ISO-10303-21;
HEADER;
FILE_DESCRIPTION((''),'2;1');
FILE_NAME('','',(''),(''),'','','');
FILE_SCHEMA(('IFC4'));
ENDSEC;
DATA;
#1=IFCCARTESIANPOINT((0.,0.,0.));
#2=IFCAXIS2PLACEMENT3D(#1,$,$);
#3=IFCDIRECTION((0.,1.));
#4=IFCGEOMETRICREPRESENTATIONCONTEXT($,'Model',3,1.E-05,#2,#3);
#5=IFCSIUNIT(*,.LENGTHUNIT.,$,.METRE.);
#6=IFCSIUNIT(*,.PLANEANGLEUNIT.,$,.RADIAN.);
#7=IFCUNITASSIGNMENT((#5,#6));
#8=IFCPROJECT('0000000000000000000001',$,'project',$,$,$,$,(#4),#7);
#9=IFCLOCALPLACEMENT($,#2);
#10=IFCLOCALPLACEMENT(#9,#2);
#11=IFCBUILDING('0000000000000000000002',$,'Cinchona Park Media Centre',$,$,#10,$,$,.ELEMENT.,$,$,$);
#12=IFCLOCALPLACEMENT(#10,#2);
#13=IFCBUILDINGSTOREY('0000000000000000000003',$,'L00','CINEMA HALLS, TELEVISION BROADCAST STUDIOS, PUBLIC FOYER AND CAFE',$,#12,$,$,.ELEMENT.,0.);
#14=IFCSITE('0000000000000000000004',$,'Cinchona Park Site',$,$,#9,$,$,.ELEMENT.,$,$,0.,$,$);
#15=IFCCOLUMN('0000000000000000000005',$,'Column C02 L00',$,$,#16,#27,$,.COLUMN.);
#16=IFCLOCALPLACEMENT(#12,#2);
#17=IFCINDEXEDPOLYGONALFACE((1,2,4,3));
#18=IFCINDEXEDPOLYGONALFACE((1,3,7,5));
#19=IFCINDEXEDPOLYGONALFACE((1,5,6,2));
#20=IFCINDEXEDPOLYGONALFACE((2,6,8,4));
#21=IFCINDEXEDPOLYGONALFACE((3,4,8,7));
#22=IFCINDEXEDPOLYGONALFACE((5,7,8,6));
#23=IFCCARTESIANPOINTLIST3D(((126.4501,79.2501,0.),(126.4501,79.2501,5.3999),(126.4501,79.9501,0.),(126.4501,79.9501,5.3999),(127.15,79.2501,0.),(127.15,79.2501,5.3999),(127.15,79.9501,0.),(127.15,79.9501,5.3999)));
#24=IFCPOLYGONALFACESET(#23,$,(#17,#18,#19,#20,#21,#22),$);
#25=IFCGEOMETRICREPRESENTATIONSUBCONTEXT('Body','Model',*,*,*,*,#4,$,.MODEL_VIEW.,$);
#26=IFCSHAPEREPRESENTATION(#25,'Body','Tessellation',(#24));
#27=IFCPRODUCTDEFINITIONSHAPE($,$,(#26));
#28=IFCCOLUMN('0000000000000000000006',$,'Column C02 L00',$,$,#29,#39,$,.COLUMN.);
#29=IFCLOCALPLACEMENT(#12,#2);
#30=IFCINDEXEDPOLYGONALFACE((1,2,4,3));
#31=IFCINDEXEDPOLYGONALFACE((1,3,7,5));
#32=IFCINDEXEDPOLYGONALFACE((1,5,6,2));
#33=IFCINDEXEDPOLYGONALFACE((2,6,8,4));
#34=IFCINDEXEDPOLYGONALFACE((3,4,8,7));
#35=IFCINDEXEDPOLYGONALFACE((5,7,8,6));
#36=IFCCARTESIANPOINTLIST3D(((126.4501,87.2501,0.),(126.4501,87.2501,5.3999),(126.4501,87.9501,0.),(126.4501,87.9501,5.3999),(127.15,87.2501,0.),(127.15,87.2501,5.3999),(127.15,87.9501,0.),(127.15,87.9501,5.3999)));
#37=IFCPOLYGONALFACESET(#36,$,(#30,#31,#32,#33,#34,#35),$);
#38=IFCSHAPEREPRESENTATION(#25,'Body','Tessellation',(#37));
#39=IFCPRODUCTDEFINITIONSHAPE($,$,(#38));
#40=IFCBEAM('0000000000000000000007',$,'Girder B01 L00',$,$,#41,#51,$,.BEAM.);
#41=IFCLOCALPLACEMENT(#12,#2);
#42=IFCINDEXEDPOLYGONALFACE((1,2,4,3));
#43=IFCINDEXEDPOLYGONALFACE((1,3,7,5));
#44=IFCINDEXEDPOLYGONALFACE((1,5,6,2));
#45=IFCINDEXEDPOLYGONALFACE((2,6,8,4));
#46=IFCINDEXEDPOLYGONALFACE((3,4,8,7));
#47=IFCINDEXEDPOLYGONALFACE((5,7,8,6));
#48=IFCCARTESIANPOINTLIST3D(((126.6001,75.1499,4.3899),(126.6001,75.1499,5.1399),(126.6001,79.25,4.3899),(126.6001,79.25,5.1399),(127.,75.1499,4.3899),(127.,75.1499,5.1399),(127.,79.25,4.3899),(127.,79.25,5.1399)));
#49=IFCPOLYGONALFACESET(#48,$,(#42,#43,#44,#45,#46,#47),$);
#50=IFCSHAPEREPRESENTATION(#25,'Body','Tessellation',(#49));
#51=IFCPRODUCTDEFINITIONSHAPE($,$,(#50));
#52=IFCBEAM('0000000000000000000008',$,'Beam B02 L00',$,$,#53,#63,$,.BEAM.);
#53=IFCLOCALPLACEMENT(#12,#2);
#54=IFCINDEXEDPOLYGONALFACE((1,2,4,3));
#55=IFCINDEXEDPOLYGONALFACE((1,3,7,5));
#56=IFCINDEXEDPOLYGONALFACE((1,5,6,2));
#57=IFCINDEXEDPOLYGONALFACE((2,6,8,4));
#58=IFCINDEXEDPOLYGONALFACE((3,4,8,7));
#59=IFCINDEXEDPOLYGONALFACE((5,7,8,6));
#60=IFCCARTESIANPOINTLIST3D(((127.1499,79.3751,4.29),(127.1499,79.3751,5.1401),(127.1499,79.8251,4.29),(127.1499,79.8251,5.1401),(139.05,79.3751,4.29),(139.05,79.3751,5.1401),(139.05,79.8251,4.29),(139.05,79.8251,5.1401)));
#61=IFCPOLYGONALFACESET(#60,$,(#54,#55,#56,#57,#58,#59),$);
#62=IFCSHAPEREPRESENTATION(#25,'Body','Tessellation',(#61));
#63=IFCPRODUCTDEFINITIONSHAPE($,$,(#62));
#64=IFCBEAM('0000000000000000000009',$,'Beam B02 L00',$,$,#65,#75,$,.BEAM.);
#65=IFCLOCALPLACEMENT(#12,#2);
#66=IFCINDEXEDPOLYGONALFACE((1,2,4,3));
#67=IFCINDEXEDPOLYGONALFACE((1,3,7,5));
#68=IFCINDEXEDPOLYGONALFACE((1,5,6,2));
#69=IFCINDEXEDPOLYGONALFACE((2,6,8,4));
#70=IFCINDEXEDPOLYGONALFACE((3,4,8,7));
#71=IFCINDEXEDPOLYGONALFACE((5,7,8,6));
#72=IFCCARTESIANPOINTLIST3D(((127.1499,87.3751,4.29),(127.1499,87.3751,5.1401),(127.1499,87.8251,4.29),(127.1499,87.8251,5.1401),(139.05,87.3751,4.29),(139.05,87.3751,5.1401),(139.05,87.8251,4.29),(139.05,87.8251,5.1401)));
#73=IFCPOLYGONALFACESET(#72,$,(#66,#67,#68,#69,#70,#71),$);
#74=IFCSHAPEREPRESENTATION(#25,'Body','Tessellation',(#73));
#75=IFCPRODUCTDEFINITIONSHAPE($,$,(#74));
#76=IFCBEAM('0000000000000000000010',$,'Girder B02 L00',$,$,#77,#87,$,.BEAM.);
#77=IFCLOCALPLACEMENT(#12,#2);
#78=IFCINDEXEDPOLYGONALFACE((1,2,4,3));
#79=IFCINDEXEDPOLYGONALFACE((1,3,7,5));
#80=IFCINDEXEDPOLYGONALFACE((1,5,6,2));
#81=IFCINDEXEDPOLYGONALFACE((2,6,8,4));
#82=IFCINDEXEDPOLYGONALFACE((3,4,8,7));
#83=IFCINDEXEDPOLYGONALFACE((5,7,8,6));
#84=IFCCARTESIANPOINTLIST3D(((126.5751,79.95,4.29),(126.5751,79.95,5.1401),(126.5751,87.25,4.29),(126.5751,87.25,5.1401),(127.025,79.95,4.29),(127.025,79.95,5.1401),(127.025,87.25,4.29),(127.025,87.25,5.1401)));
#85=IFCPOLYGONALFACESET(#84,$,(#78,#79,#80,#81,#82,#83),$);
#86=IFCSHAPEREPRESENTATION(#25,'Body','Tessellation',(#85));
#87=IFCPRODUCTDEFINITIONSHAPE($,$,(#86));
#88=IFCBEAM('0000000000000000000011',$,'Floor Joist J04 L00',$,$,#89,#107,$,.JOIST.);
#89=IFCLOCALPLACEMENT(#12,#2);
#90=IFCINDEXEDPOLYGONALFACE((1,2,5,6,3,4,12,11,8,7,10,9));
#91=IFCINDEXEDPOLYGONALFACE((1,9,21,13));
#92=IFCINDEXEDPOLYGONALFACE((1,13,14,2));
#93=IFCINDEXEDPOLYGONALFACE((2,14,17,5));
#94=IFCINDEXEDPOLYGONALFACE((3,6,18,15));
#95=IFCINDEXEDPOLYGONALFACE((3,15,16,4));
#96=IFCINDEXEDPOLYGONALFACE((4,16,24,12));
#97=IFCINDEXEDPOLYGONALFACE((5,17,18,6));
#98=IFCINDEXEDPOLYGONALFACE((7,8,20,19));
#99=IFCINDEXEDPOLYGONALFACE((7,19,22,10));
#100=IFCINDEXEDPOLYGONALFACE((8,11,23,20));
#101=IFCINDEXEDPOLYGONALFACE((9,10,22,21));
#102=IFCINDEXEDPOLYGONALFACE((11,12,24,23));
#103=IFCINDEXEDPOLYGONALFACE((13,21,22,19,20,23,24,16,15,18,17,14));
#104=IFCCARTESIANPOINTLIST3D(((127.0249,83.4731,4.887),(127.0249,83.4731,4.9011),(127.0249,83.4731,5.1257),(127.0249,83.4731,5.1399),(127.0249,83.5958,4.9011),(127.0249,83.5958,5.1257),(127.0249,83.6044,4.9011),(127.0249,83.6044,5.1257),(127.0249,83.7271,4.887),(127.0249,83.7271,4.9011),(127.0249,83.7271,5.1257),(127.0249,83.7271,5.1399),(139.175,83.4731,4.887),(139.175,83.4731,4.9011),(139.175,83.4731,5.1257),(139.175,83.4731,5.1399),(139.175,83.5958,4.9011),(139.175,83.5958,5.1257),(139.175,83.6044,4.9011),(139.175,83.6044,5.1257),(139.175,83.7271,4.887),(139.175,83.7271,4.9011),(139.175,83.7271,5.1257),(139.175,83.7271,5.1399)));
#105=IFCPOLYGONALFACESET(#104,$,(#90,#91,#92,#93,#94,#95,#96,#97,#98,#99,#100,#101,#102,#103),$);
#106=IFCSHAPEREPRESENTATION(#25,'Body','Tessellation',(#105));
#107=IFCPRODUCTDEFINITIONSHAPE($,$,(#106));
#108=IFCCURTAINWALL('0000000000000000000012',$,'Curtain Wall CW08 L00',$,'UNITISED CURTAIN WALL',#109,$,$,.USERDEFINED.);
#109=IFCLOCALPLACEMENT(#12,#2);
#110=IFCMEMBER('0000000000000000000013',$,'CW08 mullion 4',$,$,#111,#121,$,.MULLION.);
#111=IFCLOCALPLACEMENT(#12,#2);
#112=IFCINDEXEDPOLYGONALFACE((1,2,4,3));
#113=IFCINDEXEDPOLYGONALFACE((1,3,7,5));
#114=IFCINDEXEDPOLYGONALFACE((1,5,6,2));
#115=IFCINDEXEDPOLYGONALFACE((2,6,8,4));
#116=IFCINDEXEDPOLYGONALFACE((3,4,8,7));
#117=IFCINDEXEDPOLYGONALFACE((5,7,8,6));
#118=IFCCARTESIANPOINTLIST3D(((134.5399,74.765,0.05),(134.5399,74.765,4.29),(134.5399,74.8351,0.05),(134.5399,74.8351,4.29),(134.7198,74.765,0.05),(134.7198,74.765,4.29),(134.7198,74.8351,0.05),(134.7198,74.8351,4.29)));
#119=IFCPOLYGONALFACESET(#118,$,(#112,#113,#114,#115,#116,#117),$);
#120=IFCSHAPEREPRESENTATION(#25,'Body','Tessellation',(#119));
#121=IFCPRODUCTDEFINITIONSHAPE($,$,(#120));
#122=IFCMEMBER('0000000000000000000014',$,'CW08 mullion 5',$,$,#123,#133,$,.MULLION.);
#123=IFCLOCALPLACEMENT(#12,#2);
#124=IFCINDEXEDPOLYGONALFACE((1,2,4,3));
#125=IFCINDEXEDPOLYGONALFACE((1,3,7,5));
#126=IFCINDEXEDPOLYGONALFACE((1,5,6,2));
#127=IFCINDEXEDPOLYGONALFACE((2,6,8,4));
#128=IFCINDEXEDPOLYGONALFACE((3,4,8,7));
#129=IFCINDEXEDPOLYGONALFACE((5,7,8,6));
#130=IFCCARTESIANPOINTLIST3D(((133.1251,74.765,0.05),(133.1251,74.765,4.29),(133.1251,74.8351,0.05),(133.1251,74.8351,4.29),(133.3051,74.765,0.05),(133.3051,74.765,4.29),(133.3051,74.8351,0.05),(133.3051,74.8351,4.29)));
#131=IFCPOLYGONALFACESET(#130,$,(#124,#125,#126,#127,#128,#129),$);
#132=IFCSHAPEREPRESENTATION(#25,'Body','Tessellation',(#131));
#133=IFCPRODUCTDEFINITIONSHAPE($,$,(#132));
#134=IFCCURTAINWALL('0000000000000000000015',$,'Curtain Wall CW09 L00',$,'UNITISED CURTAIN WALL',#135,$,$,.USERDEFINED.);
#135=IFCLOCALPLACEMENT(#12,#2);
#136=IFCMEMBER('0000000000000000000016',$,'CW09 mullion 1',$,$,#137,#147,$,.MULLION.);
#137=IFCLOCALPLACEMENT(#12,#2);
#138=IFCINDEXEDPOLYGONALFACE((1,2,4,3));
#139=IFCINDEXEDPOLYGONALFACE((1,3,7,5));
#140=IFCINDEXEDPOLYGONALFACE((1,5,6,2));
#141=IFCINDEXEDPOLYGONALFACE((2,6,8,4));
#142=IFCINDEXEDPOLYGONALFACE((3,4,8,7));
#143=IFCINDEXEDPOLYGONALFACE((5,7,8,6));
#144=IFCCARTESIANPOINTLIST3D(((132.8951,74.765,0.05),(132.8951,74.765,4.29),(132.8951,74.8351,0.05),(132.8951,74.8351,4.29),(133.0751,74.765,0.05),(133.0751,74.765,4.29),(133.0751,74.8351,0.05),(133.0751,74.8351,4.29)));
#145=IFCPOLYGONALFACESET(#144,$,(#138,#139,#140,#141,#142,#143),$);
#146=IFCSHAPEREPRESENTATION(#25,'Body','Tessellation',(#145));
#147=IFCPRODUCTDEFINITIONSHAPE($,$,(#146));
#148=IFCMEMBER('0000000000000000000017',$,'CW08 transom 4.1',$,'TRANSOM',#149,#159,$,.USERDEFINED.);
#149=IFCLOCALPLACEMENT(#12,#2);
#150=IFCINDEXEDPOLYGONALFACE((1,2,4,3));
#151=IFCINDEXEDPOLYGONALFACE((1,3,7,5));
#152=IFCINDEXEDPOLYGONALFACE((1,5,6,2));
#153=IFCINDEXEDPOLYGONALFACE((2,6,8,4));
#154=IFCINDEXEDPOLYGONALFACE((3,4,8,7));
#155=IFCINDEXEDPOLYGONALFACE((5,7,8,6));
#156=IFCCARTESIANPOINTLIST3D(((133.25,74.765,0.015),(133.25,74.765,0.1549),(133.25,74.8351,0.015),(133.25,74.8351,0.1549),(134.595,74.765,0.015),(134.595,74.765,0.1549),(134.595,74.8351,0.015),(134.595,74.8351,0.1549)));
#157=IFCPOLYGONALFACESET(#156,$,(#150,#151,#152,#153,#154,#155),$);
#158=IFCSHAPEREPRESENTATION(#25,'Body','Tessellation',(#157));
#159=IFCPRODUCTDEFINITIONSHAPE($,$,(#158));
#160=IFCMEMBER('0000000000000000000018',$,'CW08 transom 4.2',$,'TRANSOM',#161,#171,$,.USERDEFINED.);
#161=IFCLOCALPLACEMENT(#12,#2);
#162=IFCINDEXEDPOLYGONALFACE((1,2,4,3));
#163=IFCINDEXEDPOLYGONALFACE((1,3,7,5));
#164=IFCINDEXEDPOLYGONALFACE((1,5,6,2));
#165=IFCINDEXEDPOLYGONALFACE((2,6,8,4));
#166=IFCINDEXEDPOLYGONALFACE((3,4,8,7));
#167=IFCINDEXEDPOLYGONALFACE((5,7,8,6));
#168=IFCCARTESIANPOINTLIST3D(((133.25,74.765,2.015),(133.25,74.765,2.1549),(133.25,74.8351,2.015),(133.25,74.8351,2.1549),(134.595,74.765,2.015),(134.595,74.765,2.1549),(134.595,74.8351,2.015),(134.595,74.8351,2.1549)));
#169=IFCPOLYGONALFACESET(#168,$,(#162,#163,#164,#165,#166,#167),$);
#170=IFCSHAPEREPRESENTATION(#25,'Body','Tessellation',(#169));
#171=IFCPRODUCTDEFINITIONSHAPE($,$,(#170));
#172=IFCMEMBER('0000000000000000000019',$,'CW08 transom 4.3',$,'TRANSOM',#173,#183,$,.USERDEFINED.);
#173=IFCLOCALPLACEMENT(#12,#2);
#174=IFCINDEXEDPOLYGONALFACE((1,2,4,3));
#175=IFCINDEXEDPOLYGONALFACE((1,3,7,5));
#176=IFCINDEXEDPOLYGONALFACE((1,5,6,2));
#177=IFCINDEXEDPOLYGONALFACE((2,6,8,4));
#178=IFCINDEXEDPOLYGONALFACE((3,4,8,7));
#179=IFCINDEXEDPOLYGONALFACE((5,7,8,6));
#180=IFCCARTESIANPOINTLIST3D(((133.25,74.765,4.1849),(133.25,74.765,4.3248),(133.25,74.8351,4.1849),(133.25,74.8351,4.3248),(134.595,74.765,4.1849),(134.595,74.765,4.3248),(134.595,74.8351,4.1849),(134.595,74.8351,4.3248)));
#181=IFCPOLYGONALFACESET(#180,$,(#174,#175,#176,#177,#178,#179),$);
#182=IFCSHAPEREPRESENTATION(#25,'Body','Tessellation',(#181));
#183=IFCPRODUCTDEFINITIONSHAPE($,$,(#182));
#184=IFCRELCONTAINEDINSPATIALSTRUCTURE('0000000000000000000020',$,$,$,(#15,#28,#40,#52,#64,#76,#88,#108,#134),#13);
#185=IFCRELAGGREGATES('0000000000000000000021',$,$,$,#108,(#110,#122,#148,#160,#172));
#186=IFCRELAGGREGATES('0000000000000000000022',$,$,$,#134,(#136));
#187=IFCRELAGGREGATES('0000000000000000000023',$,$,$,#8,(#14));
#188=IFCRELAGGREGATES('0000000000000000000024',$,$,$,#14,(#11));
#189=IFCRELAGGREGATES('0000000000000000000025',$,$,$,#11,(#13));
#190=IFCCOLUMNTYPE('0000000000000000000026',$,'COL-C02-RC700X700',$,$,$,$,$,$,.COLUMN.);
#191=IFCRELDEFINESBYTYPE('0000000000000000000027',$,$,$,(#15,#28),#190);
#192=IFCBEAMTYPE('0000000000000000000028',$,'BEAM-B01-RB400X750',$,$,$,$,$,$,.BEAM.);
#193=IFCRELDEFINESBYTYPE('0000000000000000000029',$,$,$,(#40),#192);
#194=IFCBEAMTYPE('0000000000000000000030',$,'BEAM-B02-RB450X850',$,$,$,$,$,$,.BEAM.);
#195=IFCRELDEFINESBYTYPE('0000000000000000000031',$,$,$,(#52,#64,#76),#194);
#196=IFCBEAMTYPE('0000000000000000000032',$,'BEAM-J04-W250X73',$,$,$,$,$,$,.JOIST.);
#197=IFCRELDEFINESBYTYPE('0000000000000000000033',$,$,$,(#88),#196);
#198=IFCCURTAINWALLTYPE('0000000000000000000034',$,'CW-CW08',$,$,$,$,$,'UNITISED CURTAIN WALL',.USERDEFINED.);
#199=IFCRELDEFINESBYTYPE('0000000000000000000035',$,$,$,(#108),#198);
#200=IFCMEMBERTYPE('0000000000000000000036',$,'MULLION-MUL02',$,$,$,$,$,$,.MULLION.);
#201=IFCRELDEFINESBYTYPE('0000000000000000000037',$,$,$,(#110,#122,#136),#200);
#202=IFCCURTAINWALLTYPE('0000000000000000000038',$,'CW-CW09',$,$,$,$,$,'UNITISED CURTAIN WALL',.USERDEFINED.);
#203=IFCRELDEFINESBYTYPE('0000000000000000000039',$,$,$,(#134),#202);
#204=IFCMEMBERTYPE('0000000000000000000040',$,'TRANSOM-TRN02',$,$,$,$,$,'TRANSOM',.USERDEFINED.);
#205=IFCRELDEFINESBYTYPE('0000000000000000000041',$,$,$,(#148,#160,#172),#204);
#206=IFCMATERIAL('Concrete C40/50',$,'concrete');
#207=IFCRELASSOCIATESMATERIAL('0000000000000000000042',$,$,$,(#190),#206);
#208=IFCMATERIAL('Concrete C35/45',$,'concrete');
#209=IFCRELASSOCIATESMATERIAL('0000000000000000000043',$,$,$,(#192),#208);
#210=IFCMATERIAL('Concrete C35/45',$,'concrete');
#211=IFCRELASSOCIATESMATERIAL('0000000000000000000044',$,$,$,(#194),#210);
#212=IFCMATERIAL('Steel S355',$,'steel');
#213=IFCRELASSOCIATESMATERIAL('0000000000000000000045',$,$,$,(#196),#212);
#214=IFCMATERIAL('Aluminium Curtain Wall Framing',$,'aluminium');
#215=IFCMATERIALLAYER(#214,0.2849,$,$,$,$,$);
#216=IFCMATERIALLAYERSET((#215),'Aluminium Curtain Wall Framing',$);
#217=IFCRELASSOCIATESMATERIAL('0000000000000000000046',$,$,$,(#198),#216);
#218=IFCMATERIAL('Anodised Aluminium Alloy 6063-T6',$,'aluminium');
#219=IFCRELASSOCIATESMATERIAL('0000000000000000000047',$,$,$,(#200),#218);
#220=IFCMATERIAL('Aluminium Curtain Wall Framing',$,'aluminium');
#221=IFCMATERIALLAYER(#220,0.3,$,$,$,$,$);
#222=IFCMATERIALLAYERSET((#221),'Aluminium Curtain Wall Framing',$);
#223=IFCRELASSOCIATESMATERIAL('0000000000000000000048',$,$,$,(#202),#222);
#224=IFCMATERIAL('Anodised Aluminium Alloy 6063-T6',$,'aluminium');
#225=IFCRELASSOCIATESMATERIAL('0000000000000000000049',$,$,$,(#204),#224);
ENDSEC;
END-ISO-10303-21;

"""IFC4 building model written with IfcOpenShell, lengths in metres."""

from ifc_helpers import new_model, si_unit, direction, frame, origin, origin_2d, place, context, subcontext, project, spatial, rectangle, i_section, extrude, material, layer, layer_set, material_profile, profile_set, type_object, element, aggregate, save


model = new_model("IFC4")

# Units and contexts
model_context = context("Model", 3, precision=1e-05, world=origin(), true_north=direction((0.0, 1.0)))
body_context = subcontext(model_context, "Body", "Model", "MODEL_VIEW")
ifc_project = project(units=[si_unit("LENGTHUNIT", "METRE"), si_unit("PLANEANGLEUNIT", "RADIAN")], contexts=[model_context])

# Site, building, storey
site_placement = place(None, origin())
site = spatial("IfcSite", under=ifc_project, at=site_placement, Name="Cinchona Park Site", CompositionType="ELEMENT", RefElevation=0.0)
building_placement = place(site_placement, origin())
building = spatial("IfcBuilding", under=site, at=building_placement, Name="Cinchona Park Media Centre", CompositionType="ELEMENT")
storey_placement = place(building_placement, origin())
storey = spatial("IfcBuildingStorey", under=building, at=storey_placement, Name="L00", Description="CINEMA HALLS, TELEVISION BROADCAST STUDIOS, PUBLIC FOYER AND CAFE", CompositionType="ELEMENT", Elevation=0.0)

# Columns
ifc_material_1 = material(Name="Concrete C40/50", Category="concrete")
ifc_material_profile_1 = material_profile(ifc_material_1, rectangle(XDim=0.7, YDim=0.7, at=origin_2d()), Name="RC 700X700")
ifc_profile_set_1 = profile_set([ifc_material_profile_1], Name="Concrete C40/50")
column_type = type_object("IfcColumnType", Name="COL-C02-RC700X700", PredefinedType="COLUMN", material=ifc_profile_set_1)
for number, where, z_axis, x_axis, name in (
    (1, (126.8, 79.6001, 0.0), (0.0, 0.0, 1.0), (1.0, 0.0, 0.0), "Column C02 L00"),
    (2, (126.8, 87.6001, 0.0), (0.0, 0.0, 1.0), (1.0, 0.0, 0.0), "Column C02 L00"),
):
    element("IfcColumn", number, at=place(storey_placement, frame(where, z_axis=z_axis, x_axis=x_axis)), inside=storey, type_object=column_type, Name=name, PredefinedType="COLUMN", context=body_context, shape_type="SweptSolid", body=[
        extrude(rectangle(XDim=0.7, YDim=0.7, at=origin_2d()), origin(), (0.0, 0.0, 1.0), 5.3999),
    ])

# Beams
ifc_material_2 = material(Name="Concrete C35/45", Category="concrete")
ifc_material_profile_2 = material_profile(ifc_material_2, rectangle(XDim=0.3999, YDim=0.75, at=origin_2d()), Name="RB 400X750")
ifc_profile_set_2 = profile_set([ifc_material_profile_2], Name="Concrete C35/45")
beam_type_1 = type_object("IfcBeamType", Name="BEAM-B01-RB400X750", PredefinedType="BEAM", material=ifc_profile_set_2)
beam_1_placement = place(storey_placement, frame((126.8, 75.1499, 4.7649), z_axis=(0.0, 1.0, 0.0), x_axis=(-1.0, 0.0, 0.0)))
element("IfcBeam", 3, at=beam_1_placement, inside=storey, type_object=beam_type_1, Name="Girder B01 L00", PredefinedType="BEAM", context=body_context, shape_type="SweptSolid", body=[
    extrude(rectangle(XDim=0.3999, YDim=0.75, at=origin_2d()), origin(), (0.0, 0.0, 1.0), 4.1001),
])
ifc_material_3 = material(Name="Concrete C35/45", Category="concrete")
ifc_material_profile_3 = material_profile(ifc_material_3, rectangle(XDim=0.45, YDim=0.8501, at=origin_2d()), Name="RB 450X850")
ifc_profile_set_3 = profile_set([ifc_material_profile_3], Name="Concrete C35/45")
beam_type_2 = type_object("IfcBeamType", Name="BEAM-B02-RB450X850", PredefinedType="BEAM", material=ifc_profile_set_3)
for number, where, z_axis, x_axis, name in (
    (4, (127.1499, 79.6001, 4.7151), (1.0, 0.0, 0.0), (0.0, 1.0, 0.0), "Beam B02 L00"),
    (5, (127.1499, 87.6001, 4.7151), (1.0, 0.0, 0.0), (0.0, 1.0, 0.0), "Beam B02 L00"),
):
    element("IfcBeam", number, at=place(storey_placement, frame(where, z_axis=z_axis, x_axis=x_axis)), inside=storey, type_object=beam_type_2, Name=name, PredefinedType="BEAM", context=body_context, shape_type="SweptSolid", body=[
        extrude(rectangle(XDim=0.45, YDim=0.8501, at=origin_2d()), origin(), (0.0, 0.0, 1.0), 11.9001),
    ])
beam_2_placement = place(storey_placement, frame((126.8, 79.95, 4.7151), z_axis=(0.0, 1.0, 0.0), x_axis=(-1.0, 0.0, 0.0)))
element("IfcBeam", 6, at=beam_2_placement, inside=storey, type_object=beam_type_2, Name="Girder B02 L00", PredefinedType="BEAM", context=body_context, shape_type="SweptSolid", body=[
    extrude(rectangle(XDim=0.45, YDim=0.8501, at=origin_2d()), origin(), (0.0, 0.0, 1.0), 7.3),
])
ifc_material_4 = material(Name="Steel S355", Category="steel")
ifc_material_profile_4 = material_profile(ifc_material_4, i_section(OverallWidth=0.2539, OverallDepth=0.2529, WebThickness=0.0085, FlangeThickness=0.0142, at=origin_2d()), Name="W250X73")
ifc_profile_set_4 = profile_set([ifc_material_profile_4], Name="Steel S355")
beam_type_3 = type_object("IfcBeamType", Name="BEAM-J04-W250X73", PredefinedType="JOIST", material=ifc_profile_set_4)
beam_3_placement = place(storey_placement, frame((127.0249, 83.6001, 5.0134), z_axis=(1.0, 0.0, 0.0), x_axis=(0.0, 1.0, 0.0)))
element("IfcBeam", 7, at=beam_3_placement, inside=storey, type_object=beam_type_3, Name="Floor Joist J04 L00", PredefinedType="JOIST", context=body_context, shape_type="SweptSolid", body=[
    extrude(i_section(OverallWidth=0.2539, OverallDepth=0.2529, WebThickness=0.0085, FlangeThickness=0.0142, at=origin_2d()), origin(), (0.0, 0.0, 1.0), 12.1501),
])

# Curtain wall, members
ifc_material_5 = material(Name="Aluminium Curtain Wall Framing", Category="aluminium")
ifc_layer_1 = layer(ifc_material_5, 0.2849)
ifc_layer_set_1 = layer_set([ifc_layer_1], Name="Aluminium Curtain Wall Framing")
curtain_wall_type_1 = type_object("IfcCurtainWallType", Name="CW-CW08", ElementType="UNITISED CURTAIN WALL", PredefinedType="USERDEFINED", material=ifc_layer_set_1)
curtain_wall_1_placement = place(storey_placement, origin())
curtain_wall_1 = element("IfcCurtainWall", 8, at=curtain_wall_1_placement, inside=storey, type_object=curtain_wall_type_1, Name="Curtain Wall CW08 L00", ObjectType="UNITISED CURTAIN WALL", PredefinedType="USERDEFINED")
ifc_material_6 = material(Name="Anodised Aluminium Alloy 6063-T6", Category="aluminium")
ifc_material_profile_5 = material_profile(ifc_material_6, rectangle(XDim=0.0701, YDim=0.1799, at=origin_2d()), Name="MUL-70X180")
ifc_profile_set_5 = profile_set([ifc_material_profile_5], Name="Anodised Aluminium Alloy 6063-T6")
member_type_1 = type_object("IfcMemberType", Name="MULLION-MUL02", PredefinedType="MULLION", material=ifc_profile_set_5)
member_1_placement = place(storey_placement, frame((134.6299, 74.8, 0.05), z_axis=(0.0, 0.0, 1.0), x_axis=(0.0, -1.0, 0.0)))
member_1 = element("IfcMember", 9, at=member_1_placement, type_object=member_type_1, Name="CW08 mullion 4", PredefinedType="MULLION", context=body_context, shape_type="SweptSolid", body=[
    extrude(rectangle(XDim=0.0701, YDim=0.1799, at=origin_2d()), origin(), (0.0, 0.0, 1.0), 4.24),
])
member_2_placement = place(storey_placement, frame((133.2151, 74.8, 0.05), z_axis=(0.0, 0.0, 1.0), x_axis=(0.0, -1.0, 0.0)))
member_2 = element("IfcMember", 10, at=member_2_placement, type_object=member_type_1, Name="CW08 mullion 5", PredefinedType="MULLION", context=body_context, shape_type="SweptSolid", body=[
    extrude(rectangle(XDim=0.0701, YDim=0.1799, at=origin_2d()), origin(), (0.0, 0.0, 1.0), 4.24),
])

# Curtain wall, member
ifc_material_7 = material(Name="Aluminium Curtain Wall Framing", Category="aluminium")
ifc_layer_2 = layer(ifc_material_7, 0.3)
ifc_layer_set_2 = layer_set([ifc_layer_2], Name="Aluminium Curtain Wall Framing")
curtain_wall_type_2 = type_object("IfcCurtainWallType", Name="CW-CW09", ElementType="UNITISED CURTAIN WALL", PredefinedType="USERDEFINED", material=ifc_layer_set_2)
curtain_wall_2_placement = place(storey_placement, origin())
curtain_wall_2 = element("IfcCurtainWall", 11, at=curtain_wall_2_placement, inside=storey, type_object=curtain_wall_type_2, Name="Curtain Wall CW09 L00", ObjectType="UNITISED CURTAIN WALL", PredefinedType="USERDEFINED")
member_3_placement = place(storey_placement, frame((132.9851, 74.8, 0.05), z_axis=(0.0, 0.0, 1.0), x_axis=(0.0, -1.0, 0.0)))
member_3 = element("IfcMember", 12, at=member_3_placement, type_object=member_type_1, Name="CW09 mullion 1", PredefinedType="MULLION", context=body_context, shape_type="SweptSolid", body=[
    extrude(rectangle(XDim=0.0701, YDim=0.1799, at=origin_2d()), origin(), (0.0, 0.0, 1.0), 4.24),
])

# Members
ifc_material_8 = material(Name="Anodised Aluminium Alloy 6063-T6", Category="aluminium")
ifc_material_profile_6 = material_profile(ifc_material_8, rectangle(XDim=0.0701, YDim=0.1399, at=origin_2d()), Name="TRN-70X140")
ifc_profile_set_6 = profile_set([ifc_material_profile_6], Name="Anodised Aluminium Alloy 6063-T6")
member_type_2 = type_object("IfcMemberType", Name="TRANSOM-TRN02", ElementType="TRANSOM", PredefinedType="USERDEFINED", material=ifc_profile_set_6)
member_4_placement = place(storey_placement, frame((134.595, 74.8, 0.085), z_axis=(-1.0, 0.0, 0.0), x_axis=(0.0, -1.0, 0.0)))
member_4 = element("IfcMember", 13, at=member_4_placement, type_object=member_type_2, Name="CW08 transom 4.1", ObjectType="TRANSOM", PredefinedType="USERDEFINED", context=body_context, shape_type="SweptSolid", body=[
    extrude(rectangle(XDim=0.0701, YDim=0.1399, at=origin_2d()), origin(), (0.0, 0.0, 1.0), 1.345),
])
member_5_placement = place(storey_placement, frame((134.595, 74.8, 2.085), z_axis=(-1.0, 0.0, 0.0), x_axis=(0.0, -1.0, 0.0)))
member_5 = element("IfcMember", 14, at=member_5_placement, type_object=member_type_2, Name="CW08 transom 4.2", ObjectType="TRANSOM", PredefinedType="USERDEFINED", context=body_context, shape_type="SweptSolid", body=[
    extrude(rectangle(XDim=0.0701, YDim=0.1399, at=origin_2d()), origin(), (0.0, 0.0, 1.0), 1.345),
])
member_6_placement = place(storey_placement, frame((134.595, 74.8, 4.2549), z_axis=(-1.0, 0.0, 0.0), x_axis=(0.0, -1.0, 0.0)))
member_6 = element("IfcMember", 15, at=member_6_placement, type_object=member_type_2, Name="CW08 transom 4.3", ObjectType="TRANSOM", PredefinedType="USERDEFINED", context=body_context, shape_type="SweptSolid", body=[
    extrude(rectangle(XDim=0.0701, YDim=0.1399, at=origin_2d()), origin(), (0.0, 0.0, 1.0), 1.345),
])

aggregate(curtain_wall_1, [member_1, member_2, member_4, member_5, member_6])
aggregate(curtain_wall_2, [member_3])

save(model, "model.ifc")
